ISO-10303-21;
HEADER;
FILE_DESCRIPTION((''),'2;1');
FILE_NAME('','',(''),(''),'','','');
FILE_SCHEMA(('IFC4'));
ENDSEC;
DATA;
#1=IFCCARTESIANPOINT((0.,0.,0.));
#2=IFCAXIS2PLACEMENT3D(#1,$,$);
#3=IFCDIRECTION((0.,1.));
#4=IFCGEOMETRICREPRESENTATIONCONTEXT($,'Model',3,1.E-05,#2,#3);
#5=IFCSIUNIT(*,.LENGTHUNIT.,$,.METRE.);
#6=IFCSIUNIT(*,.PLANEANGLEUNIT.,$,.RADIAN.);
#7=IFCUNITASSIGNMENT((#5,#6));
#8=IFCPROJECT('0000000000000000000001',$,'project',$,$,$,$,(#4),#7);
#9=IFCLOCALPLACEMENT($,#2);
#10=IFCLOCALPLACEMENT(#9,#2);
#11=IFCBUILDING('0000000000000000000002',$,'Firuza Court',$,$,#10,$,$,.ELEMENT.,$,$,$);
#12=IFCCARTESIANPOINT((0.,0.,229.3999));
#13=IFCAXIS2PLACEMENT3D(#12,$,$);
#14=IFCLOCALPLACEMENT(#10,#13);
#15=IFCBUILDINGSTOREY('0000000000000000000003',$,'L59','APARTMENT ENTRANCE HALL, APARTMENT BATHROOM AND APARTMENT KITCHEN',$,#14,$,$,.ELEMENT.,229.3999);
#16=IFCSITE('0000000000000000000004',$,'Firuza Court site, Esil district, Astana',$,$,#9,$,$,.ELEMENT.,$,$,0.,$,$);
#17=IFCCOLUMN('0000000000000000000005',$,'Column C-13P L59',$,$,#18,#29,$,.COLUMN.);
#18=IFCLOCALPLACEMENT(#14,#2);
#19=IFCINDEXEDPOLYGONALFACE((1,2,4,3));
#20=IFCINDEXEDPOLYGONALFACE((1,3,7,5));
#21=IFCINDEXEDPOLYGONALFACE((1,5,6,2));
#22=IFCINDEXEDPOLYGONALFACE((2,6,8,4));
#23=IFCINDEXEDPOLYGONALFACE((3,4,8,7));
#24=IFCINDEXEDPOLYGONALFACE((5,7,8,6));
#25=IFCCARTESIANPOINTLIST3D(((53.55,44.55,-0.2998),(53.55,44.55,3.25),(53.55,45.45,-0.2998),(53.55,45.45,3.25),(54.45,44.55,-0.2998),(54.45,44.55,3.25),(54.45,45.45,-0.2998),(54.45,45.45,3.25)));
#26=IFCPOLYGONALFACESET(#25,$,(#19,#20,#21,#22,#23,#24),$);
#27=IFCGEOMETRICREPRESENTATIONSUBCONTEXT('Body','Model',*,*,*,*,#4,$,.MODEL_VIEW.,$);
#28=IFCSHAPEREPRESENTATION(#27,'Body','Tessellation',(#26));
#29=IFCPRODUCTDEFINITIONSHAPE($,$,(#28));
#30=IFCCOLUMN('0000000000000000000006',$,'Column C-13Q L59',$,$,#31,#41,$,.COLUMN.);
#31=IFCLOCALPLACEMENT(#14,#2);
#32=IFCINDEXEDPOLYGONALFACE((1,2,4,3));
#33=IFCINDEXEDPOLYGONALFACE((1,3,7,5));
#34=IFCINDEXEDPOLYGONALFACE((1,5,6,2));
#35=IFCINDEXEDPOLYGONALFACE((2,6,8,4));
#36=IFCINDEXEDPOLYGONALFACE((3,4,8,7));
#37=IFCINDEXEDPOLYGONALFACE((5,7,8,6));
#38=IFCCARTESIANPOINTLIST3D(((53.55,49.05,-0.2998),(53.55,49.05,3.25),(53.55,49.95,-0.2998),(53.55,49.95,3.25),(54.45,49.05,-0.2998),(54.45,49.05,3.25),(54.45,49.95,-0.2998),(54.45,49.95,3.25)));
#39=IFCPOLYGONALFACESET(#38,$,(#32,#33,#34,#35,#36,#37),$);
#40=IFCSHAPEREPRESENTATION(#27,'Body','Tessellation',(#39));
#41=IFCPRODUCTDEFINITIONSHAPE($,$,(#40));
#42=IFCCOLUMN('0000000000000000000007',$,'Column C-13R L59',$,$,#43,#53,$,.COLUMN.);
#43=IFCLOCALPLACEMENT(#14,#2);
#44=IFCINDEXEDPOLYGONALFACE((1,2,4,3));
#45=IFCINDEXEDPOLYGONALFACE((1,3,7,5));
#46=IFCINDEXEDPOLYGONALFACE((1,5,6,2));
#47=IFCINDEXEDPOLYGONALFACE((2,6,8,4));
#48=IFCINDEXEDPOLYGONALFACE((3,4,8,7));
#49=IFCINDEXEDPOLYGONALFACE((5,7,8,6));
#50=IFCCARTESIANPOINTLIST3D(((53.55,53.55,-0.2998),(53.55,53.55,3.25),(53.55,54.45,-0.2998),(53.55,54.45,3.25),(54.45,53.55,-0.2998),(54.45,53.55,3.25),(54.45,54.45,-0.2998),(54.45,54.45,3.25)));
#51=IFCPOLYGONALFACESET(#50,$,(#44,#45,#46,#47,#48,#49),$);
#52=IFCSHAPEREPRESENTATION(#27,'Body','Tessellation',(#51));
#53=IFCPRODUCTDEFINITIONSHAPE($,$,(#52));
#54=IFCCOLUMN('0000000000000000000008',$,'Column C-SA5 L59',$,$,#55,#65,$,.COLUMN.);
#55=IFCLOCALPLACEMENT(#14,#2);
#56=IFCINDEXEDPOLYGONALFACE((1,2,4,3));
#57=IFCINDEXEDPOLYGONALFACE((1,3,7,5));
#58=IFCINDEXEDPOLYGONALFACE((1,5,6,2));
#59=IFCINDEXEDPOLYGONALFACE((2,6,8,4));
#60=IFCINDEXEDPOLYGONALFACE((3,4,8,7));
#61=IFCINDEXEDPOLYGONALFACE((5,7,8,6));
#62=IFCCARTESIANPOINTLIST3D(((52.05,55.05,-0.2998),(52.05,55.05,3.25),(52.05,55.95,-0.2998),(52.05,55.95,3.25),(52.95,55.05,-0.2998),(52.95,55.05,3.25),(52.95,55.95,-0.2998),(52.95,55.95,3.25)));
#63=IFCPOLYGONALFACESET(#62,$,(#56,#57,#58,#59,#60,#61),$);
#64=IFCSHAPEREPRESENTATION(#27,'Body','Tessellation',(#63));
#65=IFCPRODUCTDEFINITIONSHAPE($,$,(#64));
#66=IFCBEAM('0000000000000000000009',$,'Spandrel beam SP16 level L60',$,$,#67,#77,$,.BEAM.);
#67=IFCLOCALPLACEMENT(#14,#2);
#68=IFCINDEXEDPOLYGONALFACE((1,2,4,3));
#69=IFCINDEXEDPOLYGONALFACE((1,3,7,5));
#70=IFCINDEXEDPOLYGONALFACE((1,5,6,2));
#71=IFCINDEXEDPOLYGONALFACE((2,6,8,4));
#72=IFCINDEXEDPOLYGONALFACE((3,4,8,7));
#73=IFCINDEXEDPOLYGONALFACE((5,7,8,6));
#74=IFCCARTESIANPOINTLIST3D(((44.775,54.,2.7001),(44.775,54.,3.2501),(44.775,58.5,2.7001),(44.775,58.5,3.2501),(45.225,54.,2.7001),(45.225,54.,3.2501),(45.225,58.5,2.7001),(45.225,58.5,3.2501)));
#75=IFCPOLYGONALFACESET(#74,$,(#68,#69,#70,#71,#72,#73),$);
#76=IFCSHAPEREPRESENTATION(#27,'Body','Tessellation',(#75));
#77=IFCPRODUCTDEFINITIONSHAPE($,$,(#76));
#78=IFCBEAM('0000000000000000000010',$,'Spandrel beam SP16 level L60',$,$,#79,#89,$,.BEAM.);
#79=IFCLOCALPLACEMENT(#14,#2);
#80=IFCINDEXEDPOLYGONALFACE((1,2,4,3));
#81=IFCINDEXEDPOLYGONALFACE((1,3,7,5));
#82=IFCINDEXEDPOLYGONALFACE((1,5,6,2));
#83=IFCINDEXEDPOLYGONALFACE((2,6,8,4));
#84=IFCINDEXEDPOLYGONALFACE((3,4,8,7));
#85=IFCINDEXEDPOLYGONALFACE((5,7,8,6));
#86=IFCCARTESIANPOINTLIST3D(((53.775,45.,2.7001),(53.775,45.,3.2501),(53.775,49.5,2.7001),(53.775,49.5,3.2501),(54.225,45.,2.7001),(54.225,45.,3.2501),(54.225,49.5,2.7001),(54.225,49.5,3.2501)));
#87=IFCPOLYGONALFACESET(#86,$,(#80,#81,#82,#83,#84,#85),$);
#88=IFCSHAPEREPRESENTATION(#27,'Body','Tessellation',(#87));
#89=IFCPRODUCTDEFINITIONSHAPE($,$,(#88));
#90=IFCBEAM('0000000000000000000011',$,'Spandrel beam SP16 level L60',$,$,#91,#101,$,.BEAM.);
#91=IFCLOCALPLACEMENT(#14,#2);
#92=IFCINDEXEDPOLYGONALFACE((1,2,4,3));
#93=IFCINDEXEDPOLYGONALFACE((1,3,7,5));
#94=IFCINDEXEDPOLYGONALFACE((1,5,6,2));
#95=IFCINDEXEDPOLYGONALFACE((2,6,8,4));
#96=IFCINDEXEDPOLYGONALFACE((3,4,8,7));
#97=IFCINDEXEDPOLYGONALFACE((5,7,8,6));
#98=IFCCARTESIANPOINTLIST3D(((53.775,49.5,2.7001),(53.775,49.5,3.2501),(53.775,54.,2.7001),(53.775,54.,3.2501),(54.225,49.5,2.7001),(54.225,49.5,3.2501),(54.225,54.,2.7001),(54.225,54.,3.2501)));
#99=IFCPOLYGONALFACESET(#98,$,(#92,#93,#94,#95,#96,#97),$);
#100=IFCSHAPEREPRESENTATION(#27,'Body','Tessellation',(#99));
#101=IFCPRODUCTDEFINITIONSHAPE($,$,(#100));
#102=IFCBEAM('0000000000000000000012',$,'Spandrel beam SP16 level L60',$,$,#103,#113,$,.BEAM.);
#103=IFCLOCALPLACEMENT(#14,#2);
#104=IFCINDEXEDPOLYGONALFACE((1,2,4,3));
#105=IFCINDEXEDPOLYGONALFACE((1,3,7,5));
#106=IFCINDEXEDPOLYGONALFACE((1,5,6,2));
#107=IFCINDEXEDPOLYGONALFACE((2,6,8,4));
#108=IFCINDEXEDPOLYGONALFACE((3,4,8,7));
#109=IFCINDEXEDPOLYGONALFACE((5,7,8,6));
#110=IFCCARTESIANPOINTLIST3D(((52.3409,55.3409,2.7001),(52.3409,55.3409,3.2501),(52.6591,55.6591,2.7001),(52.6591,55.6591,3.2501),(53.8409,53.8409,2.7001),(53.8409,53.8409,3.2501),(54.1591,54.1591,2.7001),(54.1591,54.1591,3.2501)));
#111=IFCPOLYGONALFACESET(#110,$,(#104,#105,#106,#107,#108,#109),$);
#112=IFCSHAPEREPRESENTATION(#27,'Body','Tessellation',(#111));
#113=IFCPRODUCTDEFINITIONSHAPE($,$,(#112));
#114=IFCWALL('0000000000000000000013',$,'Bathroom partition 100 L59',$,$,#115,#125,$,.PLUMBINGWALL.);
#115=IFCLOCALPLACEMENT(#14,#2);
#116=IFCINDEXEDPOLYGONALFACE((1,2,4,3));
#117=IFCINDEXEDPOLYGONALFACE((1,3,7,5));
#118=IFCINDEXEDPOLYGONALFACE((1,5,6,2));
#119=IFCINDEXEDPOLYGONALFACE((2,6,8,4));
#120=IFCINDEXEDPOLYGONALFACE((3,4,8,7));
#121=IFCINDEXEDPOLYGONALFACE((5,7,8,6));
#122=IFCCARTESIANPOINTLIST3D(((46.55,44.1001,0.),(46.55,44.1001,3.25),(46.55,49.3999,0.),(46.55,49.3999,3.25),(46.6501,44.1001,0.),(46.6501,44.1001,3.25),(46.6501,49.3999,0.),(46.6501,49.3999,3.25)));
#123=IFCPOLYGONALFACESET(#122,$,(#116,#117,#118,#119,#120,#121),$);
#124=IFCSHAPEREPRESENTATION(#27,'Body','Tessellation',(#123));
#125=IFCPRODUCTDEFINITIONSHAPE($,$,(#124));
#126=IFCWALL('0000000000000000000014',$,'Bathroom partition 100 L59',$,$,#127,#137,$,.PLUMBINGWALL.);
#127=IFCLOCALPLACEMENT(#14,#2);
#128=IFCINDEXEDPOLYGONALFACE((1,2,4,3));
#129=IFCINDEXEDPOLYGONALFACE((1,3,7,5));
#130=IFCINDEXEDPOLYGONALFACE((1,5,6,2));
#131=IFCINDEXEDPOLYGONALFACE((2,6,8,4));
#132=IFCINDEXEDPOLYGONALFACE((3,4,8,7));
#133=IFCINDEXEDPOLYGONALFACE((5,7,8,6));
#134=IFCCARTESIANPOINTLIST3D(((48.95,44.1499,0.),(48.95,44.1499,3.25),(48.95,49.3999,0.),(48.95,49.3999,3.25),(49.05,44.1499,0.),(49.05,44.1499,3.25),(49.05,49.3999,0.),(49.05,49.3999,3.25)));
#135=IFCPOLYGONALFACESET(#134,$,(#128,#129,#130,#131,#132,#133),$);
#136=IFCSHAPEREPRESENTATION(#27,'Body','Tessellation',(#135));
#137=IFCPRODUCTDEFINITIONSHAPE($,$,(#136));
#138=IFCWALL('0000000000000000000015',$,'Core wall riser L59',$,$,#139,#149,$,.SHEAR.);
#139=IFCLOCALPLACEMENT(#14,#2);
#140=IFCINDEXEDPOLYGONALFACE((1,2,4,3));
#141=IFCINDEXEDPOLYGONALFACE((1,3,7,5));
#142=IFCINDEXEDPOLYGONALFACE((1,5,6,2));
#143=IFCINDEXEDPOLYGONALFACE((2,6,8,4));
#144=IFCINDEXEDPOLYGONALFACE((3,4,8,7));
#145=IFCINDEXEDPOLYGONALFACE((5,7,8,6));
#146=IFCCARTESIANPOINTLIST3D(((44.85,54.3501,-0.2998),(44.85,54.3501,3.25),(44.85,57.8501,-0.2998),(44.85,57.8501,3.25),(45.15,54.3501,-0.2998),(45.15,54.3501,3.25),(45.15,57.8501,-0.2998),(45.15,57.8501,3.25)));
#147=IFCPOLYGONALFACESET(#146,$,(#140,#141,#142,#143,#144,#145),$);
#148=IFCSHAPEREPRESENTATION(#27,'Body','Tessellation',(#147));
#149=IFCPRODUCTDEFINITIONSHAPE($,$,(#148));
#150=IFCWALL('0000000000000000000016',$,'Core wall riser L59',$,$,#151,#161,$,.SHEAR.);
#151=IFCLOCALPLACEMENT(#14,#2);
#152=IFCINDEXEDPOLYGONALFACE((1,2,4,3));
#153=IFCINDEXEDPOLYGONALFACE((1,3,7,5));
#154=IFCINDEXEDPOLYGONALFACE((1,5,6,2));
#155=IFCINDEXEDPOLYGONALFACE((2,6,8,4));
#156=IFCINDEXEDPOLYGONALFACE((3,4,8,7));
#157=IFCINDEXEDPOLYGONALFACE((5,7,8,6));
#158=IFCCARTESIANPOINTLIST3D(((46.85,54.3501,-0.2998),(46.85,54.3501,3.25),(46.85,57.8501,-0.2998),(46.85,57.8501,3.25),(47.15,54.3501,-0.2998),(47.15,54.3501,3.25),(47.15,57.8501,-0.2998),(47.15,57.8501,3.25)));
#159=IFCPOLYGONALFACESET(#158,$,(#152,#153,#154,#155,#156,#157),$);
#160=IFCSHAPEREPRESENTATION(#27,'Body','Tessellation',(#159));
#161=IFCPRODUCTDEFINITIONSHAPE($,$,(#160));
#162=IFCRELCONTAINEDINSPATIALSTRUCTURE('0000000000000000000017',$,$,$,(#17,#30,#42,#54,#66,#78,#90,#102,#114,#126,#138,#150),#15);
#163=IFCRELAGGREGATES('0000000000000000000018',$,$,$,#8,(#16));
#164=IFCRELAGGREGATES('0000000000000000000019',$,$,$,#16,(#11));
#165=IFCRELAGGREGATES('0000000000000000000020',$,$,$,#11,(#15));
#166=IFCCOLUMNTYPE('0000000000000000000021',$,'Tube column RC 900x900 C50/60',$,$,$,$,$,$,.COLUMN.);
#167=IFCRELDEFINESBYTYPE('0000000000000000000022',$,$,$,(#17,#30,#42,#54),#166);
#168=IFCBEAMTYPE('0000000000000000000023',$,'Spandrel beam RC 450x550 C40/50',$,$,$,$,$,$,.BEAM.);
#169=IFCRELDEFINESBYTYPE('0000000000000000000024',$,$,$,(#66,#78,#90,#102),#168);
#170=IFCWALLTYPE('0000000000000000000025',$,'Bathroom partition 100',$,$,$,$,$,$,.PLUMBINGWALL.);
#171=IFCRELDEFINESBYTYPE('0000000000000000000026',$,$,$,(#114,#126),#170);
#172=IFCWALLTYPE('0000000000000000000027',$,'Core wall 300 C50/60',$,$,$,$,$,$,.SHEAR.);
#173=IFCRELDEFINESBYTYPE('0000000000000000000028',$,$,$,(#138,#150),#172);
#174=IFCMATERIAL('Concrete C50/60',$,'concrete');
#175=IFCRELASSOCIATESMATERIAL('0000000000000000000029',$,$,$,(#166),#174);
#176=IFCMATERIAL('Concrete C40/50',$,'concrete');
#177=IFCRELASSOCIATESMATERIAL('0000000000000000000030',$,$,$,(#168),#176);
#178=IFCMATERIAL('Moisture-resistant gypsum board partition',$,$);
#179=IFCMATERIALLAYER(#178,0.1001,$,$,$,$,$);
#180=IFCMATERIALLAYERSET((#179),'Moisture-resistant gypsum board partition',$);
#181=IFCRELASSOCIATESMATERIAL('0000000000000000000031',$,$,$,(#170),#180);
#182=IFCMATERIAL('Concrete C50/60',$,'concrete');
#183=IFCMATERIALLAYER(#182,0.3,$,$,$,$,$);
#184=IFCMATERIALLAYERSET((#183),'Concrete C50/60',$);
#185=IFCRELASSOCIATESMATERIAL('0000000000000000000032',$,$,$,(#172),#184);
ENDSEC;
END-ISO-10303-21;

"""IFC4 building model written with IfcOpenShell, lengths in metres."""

from ifc_helpers import new_model, si_unit, direction, frame, frame_2d, origin, origin_2d, place, context, subcontext, project, spatial, rectangle, extrude, material, layer, layer_set, material_profile, profile_set, type_object, element, save


model = new_model("IFC4")

# Units and contexts
model_context = context("Model", 3, precision=1e-05, world=origin(), true_north=direction((0.0, 1.0)))
body_context = subcontext(model_context, "Body", "Model", "MODEL_VIEW")
ifc_project = project(units=[si_unit("LENGTHUNIT", "METRE"), si_unit("PLANEANGLEUNIT", "RADIAN")], contexts=[model_context])

# Site, building, storey
site_placement = place(None, origin())
site = spatial("IfcSite", under=ifc_project, at=site_placement, Name="Firuza Court site, Esil district, Astana", CompositionType="ELEMENT", RefElevation=0.0)
building_placement = place(site_placement, origin())
building = spatial("IfcBuilding", under=site, at=building_placement, Name="Firuza Court", CompositionType="ELEMENT")
storey_placement = place(building_placement, frame((0.0, 0.0, 229.3999)))
storey = spatial("IfcBuildingStorey", under=building, at=storey_placement, Name="L59", Description="APARTMENT ENTRANCE HALL, APARTMENT BATHROOM AND APARTMENT KITCHEN", CompositionType="ELEMENT", Elevation=229.3999)

# Columns
ifc_material_1 = material(Name="Concrete C50/60", Category="concrete")
ifc_material_profile_1 = material_profile(ifc_material_1, rectangle(XDim=0.8999, YDim=0.8999, at=origin_2d()), Name="RC 900x900")
ifc_profile_set_1 = profile_set([ifc_material_profile_1], Name="Concrete C50/60")
column_type = type_object("IfcColumnType", Name="Tube column RC 900x900 C50/60", PredefinedType="COLUMN", material=ifc_profile_set_1)
for number, where, z_axis, x_axis, name in (
    (1, (54.0, 45.0, -0.2998), (0.0, 0.0, 1.0), (1.0, 0.0, 0.0), "Column C-13P L59"),
    (2, (54.0, 49.5, -0.2998), (0.0, 0.0, 1.0), (1.0, 0.0, 0.0), "Column C-13Q L59"),
    (3, (54.0, 54.0, -0.2998), (0.0, 0.0, 1.0), (1.0, 0.0, 0.0), "Column C-13R L59"),
    (4, (52.5, 55.5, -0.2998), (0.0, 0.0, 1.0), (1.0, 0.0, 0.0), "Column C-SA5 L59"),
):
    element("IfcColumn", number, at=place(storey_placement, frame(where, z_axis=z_axis, x_axis=x_axis)), inside=storey, type_object=column_type, Name=name, PredefinedType="COLUMN", context=body_context, shape_type="SweptSolid", body=[
        extrude(rectangle(XDim=0.8999, YDim=0.8999, at=origin_2d()), origin(), (0.0, 0.0, 1.0), 3.5498),
    ])

# Beams
ifc_material_2 = material(Name="Concrete C40/50", Category="concrete")
ifc_material_profile_2 = material_profile(ifc_material_2, rectangle(XDim=0.45, YDim=0.55, at=origin_2d()), Name="RC 450x550")
ifc_profile_set_2 = profile_set([ifc_material_profile_2], Name="Concrete C40/50")
beam_type = type_object("IfcBeamType", Name="Spandrel beam RC 450x550 C40/50", PredefinedType="BEAM", material=ifc_profile_set_2)
for number, where, z_axis, x_axis, name in (
    (5, (45.0, 54.0, 2.9751), (0.0, 1.0, 0.0), (-1.0, 0.0, 0.0), "Spandrel beam SP16 level L60"),
    (6, (54.0, 45.0, 2.9751), (0.0, 1.0, 0.0), (-1.0, 0.0, 0.0), "Spandrel beam SP16 level L60"),
    (7, (54.0, 49.5, 2.9751), (0.0, 1.0, 0.0), (-1.0, 0.0, 0.0), "Spandrel beam SP16 level L60"),
):
    element("IfcBeam", number, at=place(storey_placement, frame(where, z_axis=z_axis, x_axis=x_axis)), inside=storey, type_object=beam_type, Name=name, PredefinedType="BEAM", context=body_context, shape_type="SweptSolid", body=[
        extrude(rectangle(XDim=0.45, YDim=0.55, at=origin_2d()), origin(), (0.0, 0.0, 1.0), 4.5),
    ])
beam_placement = place(storey_placement, frame((54.0, 54.0, 2.9751), z_axis=(-0.707107, 0.707107, 0.0), x_axis=(-0.707107, -0.707107, 0.0)))
element("IfcBeam", 8, at=beam_placement, inside=storey, type_object=beam_type, Name="Spandrel beam SP16 level L60", PredefinedType="BEAM", context=body_context, shape_type="SweptSolid", body=[
    extrude(rectangle(XDim=0.45, YDim=0.55, at=origin_2d()), origin(), (0.0, 0.0, 1.0), 2.1213),
])

# Walls
ifc_material_3 = material(Name="Moisture-resistant gypsum board partition")
ifc_layer_1 = layer(ifc_material_3, 0.1001)
ifc_layer_set_1 = layer_set([ifc_layer_1], Name="Moisture-resistant gypsum board partition")
wall_type_1 = type_object("IfcWallType", Name="Bathroom partition 100", PredefinedType="PLUMBINGWALL", material=ifc_layer_set_1)
wall_1_placement = place(storey_placement, frame((46.6001, 44.1001, 0.0), z_axis=(0.0, 0.0, 1.0), x_axis=(0.0, 1.0, 0.0)))
element("IfcWall", 9, at=wall_1_placement, inside=storey, type_object=wall_type_1, Name="Bathroom partition 100 L59", PredefinedType="PLUMBINGWALL", context=body_context, shape_type="SweptSolid", body=[
    extrude(rectangle(XDim=5.2998, YDim=0.1001, at=frame_2d((2.6499, 0.0))), origin(), (0.0, 0.0, 1.0), 3.25),
])
wall_2_placement = place(storey_placement, frame((49.0, 44.1499, 0.0), z_axis=(0.0, 0.0, 1.0), x_axis=(0.0, 1.0, 0.0)))
element("IfcWall", 10, at=wall_2_placement, inside=storey, type_object=wall_type_1, Name="Bathroom partition 100 L59", PredefinedType="PLUMBINGWALL", context=body_context, shape_type="SweptSolid", body=[
    extrude(rectangle(XDim=5.25, YDim=0.1001, at=frame_2d((2.625, 0.0))), origin(), (0.0, 0.0, 1.0), 3.25),
])
ifc_material_4 = material(Name="Concrete C50/60", Category="concrete")
ifc_layer_2 = layer(ifc_material_4, 0.3)
ifc_layer_set_2 = layer_set([ifc_layer_2], Name="Concrete C50/60")
wall_type_2 = type_object("IfcWallType", Name="Core wall 300 C50/60", PredefinedType="SHEAR", material=ifc_layer_set_2)
for number, where, z_axis, x_axis, name in (
    (11, (45.0, 54.3501, -0.2998), (0.0, 0.0, 1.0), (0.0, 1.0, 0.0), "Core wall riser L59"),
    (12, (47.0, 54.3501, -0.2998), (0.0, 0.0, 1.0), (0.0, 1.0, 0.0), "Core wall riser L59"),
):
    element("IfcWall", number, at=place(storey_placement, frame(where, z_axis=z_axis, x_axis=x_axis)), inside=storey, type_object=wall_type_2, Name=name, PredefinedType="SHEAR", context=body_context, shape_type="SweptSolid", body=[
        extrude(rectangle(XDim=3.5, YDim=0.3, at=frame_2d((1.75, 0.0))), origin(), (0.0, 0.0, 1.0), 3.5498),
    ])

save(model, "model.ifc")
